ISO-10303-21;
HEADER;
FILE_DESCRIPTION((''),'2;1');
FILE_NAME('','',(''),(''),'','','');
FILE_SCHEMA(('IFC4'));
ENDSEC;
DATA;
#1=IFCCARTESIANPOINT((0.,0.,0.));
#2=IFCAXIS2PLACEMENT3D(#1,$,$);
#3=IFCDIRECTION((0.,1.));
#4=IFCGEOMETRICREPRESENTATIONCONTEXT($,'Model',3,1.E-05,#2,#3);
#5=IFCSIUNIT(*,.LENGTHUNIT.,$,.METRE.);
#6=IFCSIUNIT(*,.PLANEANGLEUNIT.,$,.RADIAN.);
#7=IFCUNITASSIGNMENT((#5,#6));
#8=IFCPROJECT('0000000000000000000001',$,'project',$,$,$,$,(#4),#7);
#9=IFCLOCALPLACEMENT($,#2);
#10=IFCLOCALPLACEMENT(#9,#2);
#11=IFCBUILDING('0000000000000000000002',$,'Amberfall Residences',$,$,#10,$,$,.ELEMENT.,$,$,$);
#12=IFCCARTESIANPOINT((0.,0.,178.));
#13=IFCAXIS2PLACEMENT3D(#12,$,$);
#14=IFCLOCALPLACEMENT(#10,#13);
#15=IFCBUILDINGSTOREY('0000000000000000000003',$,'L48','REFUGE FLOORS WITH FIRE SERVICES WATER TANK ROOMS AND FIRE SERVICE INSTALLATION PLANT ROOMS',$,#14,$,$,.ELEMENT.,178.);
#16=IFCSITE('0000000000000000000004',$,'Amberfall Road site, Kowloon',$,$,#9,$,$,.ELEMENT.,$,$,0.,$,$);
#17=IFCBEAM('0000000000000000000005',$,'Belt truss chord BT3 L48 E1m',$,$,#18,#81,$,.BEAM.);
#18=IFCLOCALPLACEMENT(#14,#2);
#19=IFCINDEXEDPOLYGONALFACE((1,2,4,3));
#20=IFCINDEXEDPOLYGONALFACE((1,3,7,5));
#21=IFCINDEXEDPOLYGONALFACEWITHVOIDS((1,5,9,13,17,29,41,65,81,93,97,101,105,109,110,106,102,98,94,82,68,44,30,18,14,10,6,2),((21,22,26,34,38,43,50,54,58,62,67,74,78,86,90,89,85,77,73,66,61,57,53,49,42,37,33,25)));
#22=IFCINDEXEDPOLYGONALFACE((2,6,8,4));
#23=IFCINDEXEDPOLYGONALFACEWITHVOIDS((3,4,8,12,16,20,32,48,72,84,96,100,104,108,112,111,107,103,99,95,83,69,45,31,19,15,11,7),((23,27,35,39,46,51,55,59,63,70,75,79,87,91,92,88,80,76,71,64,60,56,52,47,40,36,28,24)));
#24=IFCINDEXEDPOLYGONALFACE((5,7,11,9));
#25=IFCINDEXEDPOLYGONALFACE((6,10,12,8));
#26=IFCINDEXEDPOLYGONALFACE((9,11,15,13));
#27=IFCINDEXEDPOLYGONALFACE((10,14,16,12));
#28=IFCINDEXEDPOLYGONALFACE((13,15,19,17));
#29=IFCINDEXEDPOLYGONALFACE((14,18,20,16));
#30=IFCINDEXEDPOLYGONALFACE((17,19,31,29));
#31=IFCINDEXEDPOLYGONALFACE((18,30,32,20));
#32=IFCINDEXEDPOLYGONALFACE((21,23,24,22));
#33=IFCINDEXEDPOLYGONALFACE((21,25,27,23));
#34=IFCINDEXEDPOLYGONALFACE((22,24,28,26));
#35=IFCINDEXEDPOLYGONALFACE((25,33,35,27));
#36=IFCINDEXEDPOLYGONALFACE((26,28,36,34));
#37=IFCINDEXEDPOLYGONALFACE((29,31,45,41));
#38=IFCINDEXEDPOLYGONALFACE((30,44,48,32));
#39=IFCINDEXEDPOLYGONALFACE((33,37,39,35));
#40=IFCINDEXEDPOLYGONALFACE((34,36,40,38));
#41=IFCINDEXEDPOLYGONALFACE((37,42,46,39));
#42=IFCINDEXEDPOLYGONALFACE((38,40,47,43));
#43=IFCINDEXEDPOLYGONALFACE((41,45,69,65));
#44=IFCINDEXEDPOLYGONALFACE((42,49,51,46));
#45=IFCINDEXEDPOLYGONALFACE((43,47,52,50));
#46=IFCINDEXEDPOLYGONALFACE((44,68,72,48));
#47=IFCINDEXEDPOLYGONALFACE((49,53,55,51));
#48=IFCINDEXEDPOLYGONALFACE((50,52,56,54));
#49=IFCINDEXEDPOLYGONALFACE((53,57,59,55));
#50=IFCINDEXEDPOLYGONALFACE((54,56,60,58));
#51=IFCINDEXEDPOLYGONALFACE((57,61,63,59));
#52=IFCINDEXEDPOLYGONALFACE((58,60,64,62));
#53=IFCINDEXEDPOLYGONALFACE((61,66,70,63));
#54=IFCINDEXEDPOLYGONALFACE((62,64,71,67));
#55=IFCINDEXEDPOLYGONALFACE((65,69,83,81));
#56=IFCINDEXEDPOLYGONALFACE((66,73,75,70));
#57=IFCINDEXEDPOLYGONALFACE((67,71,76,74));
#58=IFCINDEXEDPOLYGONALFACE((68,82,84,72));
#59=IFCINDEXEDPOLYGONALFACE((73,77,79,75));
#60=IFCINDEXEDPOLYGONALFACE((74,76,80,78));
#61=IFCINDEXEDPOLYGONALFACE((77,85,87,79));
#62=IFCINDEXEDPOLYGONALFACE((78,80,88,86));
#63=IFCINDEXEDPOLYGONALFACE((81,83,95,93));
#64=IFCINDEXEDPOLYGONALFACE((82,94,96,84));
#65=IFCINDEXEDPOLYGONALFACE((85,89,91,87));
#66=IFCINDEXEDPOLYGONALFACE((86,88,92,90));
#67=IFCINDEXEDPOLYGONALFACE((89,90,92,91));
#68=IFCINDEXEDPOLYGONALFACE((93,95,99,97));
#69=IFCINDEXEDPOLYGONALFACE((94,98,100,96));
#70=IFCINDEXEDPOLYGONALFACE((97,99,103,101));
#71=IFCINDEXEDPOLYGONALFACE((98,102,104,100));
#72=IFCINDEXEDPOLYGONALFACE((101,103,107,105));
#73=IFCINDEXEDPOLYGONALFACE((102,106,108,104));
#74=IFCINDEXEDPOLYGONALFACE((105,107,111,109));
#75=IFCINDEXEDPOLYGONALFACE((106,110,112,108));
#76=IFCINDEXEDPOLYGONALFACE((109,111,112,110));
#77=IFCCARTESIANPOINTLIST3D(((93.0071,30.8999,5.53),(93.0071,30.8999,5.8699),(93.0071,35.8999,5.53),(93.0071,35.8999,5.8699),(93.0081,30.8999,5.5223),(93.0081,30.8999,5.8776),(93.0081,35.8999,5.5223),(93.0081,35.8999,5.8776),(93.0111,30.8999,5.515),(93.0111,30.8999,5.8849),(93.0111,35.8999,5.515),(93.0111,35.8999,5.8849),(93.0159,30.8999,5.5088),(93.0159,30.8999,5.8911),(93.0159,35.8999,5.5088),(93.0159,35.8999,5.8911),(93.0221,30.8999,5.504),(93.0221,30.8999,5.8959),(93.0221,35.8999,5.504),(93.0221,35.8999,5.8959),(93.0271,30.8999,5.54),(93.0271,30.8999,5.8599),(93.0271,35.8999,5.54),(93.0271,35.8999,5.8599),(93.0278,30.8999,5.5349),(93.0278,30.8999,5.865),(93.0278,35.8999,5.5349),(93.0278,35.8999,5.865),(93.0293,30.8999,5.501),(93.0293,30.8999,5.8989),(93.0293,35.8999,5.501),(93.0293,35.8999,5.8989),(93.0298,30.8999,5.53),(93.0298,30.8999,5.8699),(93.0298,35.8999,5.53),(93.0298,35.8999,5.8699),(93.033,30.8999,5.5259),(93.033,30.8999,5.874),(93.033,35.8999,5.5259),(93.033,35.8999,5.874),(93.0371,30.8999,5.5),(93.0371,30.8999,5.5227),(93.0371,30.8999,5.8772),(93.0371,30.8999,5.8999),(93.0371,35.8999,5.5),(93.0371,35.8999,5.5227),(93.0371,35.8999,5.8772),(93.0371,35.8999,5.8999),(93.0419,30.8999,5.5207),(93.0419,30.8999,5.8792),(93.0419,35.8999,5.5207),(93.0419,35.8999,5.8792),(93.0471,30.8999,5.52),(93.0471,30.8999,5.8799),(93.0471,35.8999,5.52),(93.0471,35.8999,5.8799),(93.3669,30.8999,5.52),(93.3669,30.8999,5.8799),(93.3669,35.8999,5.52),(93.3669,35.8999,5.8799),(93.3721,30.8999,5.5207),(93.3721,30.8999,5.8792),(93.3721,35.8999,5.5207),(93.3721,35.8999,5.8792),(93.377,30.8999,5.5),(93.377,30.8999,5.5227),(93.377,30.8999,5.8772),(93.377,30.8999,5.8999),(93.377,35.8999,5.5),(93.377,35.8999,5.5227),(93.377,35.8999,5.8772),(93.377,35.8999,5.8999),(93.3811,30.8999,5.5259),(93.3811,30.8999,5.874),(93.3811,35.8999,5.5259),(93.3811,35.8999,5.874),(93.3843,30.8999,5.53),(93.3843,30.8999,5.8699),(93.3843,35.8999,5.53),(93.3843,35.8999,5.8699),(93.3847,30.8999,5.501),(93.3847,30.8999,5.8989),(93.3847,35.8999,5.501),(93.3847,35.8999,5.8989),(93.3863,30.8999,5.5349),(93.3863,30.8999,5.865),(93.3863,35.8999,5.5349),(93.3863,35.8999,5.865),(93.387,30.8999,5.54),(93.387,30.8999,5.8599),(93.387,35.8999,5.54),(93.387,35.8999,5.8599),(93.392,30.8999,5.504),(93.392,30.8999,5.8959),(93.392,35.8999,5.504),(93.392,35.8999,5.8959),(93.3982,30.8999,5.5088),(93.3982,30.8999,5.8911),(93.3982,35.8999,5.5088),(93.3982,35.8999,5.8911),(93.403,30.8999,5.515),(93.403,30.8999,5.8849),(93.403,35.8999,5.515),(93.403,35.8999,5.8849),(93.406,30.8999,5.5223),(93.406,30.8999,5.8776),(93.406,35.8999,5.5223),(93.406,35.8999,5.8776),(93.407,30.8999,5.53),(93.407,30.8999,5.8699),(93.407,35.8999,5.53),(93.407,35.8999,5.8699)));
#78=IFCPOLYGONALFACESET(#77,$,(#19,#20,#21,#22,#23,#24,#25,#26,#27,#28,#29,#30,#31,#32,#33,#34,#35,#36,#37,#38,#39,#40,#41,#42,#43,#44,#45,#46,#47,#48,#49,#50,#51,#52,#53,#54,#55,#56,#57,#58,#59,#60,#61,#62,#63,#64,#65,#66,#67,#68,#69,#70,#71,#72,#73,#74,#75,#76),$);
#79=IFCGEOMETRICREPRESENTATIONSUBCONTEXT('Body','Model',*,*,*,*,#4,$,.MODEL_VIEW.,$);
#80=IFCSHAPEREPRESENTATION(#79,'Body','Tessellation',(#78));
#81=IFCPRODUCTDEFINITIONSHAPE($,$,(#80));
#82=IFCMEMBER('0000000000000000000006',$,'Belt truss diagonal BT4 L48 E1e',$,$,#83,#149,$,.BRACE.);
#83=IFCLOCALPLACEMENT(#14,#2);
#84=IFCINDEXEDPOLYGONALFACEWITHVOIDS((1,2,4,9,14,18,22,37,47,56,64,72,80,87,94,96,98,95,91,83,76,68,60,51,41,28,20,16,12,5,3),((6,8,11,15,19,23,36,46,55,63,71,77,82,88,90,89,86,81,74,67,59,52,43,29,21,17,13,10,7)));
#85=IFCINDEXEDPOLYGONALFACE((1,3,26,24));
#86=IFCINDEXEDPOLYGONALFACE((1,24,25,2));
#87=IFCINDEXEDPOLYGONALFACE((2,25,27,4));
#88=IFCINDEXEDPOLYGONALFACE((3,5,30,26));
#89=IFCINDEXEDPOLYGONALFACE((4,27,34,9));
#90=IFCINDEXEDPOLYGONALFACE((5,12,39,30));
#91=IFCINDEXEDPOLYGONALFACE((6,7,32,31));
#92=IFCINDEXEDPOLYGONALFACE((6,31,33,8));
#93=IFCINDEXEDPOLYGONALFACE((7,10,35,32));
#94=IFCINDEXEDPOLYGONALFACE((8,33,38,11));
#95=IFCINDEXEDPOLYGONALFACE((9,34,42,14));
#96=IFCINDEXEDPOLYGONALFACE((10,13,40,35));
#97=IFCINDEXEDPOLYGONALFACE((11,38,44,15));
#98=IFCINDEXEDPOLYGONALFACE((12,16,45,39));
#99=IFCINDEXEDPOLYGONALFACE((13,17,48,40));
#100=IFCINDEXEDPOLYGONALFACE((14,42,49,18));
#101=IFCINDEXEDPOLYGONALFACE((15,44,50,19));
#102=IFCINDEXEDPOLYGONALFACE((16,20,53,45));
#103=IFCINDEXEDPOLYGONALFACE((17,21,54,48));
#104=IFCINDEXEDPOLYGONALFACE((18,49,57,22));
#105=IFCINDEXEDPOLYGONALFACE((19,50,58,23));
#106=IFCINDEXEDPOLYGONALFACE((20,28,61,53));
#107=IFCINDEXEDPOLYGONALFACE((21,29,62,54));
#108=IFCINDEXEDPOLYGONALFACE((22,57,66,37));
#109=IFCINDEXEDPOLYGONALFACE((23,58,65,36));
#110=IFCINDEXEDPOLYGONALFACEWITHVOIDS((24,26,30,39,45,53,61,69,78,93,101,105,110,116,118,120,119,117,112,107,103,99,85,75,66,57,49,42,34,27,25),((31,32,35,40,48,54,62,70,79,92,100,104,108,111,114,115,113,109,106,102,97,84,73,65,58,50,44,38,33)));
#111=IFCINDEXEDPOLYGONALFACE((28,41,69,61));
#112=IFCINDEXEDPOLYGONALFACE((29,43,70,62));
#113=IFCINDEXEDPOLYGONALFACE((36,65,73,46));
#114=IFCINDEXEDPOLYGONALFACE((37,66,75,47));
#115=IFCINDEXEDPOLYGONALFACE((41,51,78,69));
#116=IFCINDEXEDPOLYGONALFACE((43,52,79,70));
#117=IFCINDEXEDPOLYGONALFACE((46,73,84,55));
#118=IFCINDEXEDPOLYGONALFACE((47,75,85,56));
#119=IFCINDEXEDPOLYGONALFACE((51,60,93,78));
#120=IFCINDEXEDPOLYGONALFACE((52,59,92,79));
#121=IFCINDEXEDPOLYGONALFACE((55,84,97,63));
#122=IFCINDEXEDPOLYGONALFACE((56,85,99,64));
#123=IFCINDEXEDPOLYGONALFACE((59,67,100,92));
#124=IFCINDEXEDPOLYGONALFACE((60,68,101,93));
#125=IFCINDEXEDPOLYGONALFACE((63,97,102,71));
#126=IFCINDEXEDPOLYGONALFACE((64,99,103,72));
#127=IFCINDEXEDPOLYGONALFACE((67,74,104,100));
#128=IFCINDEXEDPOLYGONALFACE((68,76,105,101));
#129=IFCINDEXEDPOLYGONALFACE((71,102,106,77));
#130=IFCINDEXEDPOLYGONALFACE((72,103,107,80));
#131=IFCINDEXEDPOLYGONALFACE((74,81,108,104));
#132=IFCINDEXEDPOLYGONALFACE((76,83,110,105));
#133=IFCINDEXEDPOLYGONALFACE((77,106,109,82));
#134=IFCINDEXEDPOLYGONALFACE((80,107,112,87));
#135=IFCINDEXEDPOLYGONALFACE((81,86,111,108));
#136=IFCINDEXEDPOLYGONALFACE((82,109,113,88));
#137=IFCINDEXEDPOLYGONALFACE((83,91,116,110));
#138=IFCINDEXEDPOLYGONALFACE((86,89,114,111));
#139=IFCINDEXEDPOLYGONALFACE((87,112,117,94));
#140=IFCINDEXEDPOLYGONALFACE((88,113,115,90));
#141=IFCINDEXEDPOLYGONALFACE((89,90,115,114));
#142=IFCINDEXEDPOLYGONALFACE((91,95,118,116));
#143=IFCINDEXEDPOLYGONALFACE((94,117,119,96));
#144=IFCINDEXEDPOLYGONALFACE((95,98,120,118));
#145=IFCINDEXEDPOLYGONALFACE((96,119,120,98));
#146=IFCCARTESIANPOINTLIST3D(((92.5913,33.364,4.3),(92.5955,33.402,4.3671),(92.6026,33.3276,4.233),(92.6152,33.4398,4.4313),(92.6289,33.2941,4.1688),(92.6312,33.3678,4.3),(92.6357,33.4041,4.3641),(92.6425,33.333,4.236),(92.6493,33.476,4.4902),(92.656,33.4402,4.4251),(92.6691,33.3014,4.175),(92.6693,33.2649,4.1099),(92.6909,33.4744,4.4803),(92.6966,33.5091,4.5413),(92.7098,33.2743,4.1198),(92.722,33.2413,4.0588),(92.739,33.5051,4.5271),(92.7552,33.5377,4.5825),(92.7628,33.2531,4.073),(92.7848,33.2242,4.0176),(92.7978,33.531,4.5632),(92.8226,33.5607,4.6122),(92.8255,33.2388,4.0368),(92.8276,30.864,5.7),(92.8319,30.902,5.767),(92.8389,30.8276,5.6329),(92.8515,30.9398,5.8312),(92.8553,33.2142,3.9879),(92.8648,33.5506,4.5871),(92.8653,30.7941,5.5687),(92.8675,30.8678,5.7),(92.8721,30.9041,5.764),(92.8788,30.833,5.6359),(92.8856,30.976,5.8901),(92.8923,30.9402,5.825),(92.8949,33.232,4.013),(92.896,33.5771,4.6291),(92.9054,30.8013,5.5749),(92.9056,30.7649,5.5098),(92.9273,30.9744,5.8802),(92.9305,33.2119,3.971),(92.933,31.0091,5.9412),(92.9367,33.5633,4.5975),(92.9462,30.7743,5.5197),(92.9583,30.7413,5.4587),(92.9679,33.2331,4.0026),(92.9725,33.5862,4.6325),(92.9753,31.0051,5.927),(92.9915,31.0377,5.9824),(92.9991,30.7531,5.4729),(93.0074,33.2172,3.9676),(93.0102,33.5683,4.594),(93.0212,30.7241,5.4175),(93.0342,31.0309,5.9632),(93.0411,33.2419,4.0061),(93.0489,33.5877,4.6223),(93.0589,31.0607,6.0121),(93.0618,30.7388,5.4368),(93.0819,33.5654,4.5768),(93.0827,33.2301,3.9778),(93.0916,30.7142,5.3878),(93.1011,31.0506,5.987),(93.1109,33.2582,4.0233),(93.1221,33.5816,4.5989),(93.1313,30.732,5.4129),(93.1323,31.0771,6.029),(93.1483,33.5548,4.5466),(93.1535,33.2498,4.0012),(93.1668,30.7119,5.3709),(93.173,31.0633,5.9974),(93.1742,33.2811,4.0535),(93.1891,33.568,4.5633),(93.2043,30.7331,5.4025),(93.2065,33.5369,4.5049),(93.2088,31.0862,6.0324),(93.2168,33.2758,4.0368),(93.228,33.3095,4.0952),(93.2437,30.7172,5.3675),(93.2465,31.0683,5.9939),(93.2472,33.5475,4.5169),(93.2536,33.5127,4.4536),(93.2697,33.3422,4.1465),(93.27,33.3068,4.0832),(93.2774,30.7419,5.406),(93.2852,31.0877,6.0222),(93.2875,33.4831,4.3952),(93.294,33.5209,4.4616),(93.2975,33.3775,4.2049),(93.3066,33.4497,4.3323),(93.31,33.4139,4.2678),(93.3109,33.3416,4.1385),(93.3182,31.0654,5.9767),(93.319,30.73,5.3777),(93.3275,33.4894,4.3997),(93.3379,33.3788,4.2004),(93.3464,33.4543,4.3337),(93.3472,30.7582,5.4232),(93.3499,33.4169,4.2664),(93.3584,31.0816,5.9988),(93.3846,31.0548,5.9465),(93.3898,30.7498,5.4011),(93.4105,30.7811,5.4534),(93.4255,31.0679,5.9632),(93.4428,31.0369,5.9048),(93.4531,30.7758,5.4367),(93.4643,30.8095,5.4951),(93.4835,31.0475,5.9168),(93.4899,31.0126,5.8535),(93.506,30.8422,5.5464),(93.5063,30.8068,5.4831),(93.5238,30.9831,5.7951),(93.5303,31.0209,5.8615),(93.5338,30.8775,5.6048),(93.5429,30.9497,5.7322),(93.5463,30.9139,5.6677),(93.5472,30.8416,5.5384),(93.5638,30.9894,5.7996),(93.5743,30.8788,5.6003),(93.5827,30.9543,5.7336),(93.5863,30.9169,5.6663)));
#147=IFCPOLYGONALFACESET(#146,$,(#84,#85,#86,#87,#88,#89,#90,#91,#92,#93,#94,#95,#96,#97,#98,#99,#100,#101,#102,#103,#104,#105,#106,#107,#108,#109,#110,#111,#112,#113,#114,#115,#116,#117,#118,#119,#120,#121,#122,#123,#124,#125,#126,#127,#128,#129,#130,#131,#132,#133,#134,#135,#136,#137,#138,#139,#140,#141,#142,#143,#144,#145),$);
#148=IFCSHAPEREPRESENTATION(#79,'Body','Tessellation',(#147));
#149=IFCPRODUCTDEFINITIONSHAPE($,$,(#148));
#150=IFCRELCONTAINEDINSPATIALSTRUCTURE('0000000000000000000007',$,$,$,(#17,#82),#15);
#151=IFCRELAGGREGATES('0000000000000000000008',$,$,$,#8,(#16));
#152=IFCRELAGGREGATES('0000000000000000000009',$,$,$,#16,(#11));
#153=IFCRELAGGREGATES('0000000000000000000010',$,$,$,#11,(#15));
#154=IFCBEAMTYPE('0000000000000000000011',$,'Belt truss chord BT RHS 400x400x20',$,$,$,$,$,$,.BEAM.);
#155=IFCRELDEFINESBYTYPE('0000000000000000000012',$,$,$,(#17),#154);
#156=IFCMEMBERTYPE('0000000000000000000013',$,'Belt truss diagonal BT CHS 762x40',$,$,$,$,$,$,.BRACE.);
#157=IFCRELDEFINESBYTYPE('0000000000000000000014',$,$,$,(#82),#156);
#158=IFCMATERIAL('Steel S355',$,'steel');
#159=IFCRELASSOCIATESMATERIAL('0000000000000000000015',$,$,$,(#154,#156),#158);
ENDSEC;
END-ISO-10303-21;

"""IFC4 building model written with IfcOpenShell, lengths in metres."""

from ifc_helpers import new_model, si_unit, direction, frame, origin, origin_2d, place, context, subcontext, project, spatial, hollow_rectangle, hollow_circle, extrude, material, material_profile, profile_set, type_object, element, save


model = new_model("IFC4")

# Units and contexts
model_context = context("Model", 3, precision=1e-05, world=origin(), true_north=direction((0.0, 1.0)))
body_context = subcontext(model_context, "Body", "Model", "MODEL_VIEW")
ifc_project = project(units=[si_unit("LENGTHUNIT", "METRE"), si_unit("PLANEANGLEUNIT", "RADIAN")], contexts=[model_context])

# Site, building, storey
site_placement = place(None, origin())
site = spatial("IfcSite", under=ifc_project, at=site_placement, Name="Amberfall Road site, Kowloon", CompositionType="ELEMENT", RefElevation=0.0)
building_placement = place(site_placement, origin())
building = spatial("IfcBuilding", under=site, at=building_placement, Name="Amberfall Residences", CompositionType="ELEMENT")
storey_placement = place(building_placement, frame((0.0, 0.0, 178.0)))
storey = spatial("IfcBuildingStorey", under=building, at=storey_placement, Name="L48", Description="REFUGE FLOORS WITH FIRE SERVICES WATER TANK ROOMS AND FIRE SERVICE INSTALLATION PLANT ROOMS", CompositionType="ELEMENT", Elevation=178.0)

# Beam
ifc_material = material(Name="Steel S355", Category="steel")
ifc_material_profile_1 = material_profile(ifc_material, hollow_rectangle(XDim=0.3999, YDim=0.3999, WallThickness=0.02, InnerFilletRadius=0.02, OuterFilletRadius=0.03, at=origin_2d()), Name="RHS 400x400x20")
ifc_profile_set_1 = profile_set([ifc_material_profile_1], Name="Steel S355")
beam_type_1 = type_object("IfcBeamType", Name="Belt truss chord BT RHS 400x400x20", PredefinedType="BEAM", material=ifc_profile_set_1)
beam_1_placement = place(storey_placement, frame((93.207, 30.8999, 5.7), z_axis=(0.0, 1.0, 0.0), x_axis=(-1.0, 0.0, 0.0)))
element("IfcBeam", 1, at=beam_1_placement, inside=storey, type_object=beam_type_1, Name="Belt truss chord BT3 L48 E1m", PredefinedType="BEAM", context=body_context, shape_type="SweptSolid", body=[
    extrude(hollow_rectangle(XDim=0.3999, YDim=0.3999, WallThickness=0.02, InnerFilletRadius=0.02, OuterFilletRadius=0.03, at=origin_2d()), origin(), (0.0, 0.0, 1.0), 5.0),
])

# Member
ifc_material_profile_2 = material_profile(ifc_material, hollow_circle(Radius=0.3811, WallThickness=0.04, at=origin_2d()), Name="CHS 762x40")
ifc_profile_set_2 = profile_set([ifc_material_profile_2], Name="Steel S355")
member_type_1 = type_object("IfcMemberType", Name="Belt truss diagonal BT CHS 762x40", PredefinedType="BRACE", material=ifc_profile_set_2)
member_1_placement = place(storey_placement, frame((93.207, 30.8999, 5.7), z_axis=(-0.082201, 0.869568, -0.486924), x_axis=(-0.995562, -0.094112, 0.0)))
element("IfcMember", 2, at=member_1_placement, inside=storey, type_object=member_type_1, Name="Belt truss diagonal BT4 L48 E1e", PredefinedType="BRACE", context=body_context, shape_type="SweptSolid", body=[
    extrude(hollow_circle(Radius=0.3811, WallThickness=0.04, at=origin_2d()), origin(), (0.0, 0.0, 1.0), 2.875),
])

save(model, "model.ifc")
